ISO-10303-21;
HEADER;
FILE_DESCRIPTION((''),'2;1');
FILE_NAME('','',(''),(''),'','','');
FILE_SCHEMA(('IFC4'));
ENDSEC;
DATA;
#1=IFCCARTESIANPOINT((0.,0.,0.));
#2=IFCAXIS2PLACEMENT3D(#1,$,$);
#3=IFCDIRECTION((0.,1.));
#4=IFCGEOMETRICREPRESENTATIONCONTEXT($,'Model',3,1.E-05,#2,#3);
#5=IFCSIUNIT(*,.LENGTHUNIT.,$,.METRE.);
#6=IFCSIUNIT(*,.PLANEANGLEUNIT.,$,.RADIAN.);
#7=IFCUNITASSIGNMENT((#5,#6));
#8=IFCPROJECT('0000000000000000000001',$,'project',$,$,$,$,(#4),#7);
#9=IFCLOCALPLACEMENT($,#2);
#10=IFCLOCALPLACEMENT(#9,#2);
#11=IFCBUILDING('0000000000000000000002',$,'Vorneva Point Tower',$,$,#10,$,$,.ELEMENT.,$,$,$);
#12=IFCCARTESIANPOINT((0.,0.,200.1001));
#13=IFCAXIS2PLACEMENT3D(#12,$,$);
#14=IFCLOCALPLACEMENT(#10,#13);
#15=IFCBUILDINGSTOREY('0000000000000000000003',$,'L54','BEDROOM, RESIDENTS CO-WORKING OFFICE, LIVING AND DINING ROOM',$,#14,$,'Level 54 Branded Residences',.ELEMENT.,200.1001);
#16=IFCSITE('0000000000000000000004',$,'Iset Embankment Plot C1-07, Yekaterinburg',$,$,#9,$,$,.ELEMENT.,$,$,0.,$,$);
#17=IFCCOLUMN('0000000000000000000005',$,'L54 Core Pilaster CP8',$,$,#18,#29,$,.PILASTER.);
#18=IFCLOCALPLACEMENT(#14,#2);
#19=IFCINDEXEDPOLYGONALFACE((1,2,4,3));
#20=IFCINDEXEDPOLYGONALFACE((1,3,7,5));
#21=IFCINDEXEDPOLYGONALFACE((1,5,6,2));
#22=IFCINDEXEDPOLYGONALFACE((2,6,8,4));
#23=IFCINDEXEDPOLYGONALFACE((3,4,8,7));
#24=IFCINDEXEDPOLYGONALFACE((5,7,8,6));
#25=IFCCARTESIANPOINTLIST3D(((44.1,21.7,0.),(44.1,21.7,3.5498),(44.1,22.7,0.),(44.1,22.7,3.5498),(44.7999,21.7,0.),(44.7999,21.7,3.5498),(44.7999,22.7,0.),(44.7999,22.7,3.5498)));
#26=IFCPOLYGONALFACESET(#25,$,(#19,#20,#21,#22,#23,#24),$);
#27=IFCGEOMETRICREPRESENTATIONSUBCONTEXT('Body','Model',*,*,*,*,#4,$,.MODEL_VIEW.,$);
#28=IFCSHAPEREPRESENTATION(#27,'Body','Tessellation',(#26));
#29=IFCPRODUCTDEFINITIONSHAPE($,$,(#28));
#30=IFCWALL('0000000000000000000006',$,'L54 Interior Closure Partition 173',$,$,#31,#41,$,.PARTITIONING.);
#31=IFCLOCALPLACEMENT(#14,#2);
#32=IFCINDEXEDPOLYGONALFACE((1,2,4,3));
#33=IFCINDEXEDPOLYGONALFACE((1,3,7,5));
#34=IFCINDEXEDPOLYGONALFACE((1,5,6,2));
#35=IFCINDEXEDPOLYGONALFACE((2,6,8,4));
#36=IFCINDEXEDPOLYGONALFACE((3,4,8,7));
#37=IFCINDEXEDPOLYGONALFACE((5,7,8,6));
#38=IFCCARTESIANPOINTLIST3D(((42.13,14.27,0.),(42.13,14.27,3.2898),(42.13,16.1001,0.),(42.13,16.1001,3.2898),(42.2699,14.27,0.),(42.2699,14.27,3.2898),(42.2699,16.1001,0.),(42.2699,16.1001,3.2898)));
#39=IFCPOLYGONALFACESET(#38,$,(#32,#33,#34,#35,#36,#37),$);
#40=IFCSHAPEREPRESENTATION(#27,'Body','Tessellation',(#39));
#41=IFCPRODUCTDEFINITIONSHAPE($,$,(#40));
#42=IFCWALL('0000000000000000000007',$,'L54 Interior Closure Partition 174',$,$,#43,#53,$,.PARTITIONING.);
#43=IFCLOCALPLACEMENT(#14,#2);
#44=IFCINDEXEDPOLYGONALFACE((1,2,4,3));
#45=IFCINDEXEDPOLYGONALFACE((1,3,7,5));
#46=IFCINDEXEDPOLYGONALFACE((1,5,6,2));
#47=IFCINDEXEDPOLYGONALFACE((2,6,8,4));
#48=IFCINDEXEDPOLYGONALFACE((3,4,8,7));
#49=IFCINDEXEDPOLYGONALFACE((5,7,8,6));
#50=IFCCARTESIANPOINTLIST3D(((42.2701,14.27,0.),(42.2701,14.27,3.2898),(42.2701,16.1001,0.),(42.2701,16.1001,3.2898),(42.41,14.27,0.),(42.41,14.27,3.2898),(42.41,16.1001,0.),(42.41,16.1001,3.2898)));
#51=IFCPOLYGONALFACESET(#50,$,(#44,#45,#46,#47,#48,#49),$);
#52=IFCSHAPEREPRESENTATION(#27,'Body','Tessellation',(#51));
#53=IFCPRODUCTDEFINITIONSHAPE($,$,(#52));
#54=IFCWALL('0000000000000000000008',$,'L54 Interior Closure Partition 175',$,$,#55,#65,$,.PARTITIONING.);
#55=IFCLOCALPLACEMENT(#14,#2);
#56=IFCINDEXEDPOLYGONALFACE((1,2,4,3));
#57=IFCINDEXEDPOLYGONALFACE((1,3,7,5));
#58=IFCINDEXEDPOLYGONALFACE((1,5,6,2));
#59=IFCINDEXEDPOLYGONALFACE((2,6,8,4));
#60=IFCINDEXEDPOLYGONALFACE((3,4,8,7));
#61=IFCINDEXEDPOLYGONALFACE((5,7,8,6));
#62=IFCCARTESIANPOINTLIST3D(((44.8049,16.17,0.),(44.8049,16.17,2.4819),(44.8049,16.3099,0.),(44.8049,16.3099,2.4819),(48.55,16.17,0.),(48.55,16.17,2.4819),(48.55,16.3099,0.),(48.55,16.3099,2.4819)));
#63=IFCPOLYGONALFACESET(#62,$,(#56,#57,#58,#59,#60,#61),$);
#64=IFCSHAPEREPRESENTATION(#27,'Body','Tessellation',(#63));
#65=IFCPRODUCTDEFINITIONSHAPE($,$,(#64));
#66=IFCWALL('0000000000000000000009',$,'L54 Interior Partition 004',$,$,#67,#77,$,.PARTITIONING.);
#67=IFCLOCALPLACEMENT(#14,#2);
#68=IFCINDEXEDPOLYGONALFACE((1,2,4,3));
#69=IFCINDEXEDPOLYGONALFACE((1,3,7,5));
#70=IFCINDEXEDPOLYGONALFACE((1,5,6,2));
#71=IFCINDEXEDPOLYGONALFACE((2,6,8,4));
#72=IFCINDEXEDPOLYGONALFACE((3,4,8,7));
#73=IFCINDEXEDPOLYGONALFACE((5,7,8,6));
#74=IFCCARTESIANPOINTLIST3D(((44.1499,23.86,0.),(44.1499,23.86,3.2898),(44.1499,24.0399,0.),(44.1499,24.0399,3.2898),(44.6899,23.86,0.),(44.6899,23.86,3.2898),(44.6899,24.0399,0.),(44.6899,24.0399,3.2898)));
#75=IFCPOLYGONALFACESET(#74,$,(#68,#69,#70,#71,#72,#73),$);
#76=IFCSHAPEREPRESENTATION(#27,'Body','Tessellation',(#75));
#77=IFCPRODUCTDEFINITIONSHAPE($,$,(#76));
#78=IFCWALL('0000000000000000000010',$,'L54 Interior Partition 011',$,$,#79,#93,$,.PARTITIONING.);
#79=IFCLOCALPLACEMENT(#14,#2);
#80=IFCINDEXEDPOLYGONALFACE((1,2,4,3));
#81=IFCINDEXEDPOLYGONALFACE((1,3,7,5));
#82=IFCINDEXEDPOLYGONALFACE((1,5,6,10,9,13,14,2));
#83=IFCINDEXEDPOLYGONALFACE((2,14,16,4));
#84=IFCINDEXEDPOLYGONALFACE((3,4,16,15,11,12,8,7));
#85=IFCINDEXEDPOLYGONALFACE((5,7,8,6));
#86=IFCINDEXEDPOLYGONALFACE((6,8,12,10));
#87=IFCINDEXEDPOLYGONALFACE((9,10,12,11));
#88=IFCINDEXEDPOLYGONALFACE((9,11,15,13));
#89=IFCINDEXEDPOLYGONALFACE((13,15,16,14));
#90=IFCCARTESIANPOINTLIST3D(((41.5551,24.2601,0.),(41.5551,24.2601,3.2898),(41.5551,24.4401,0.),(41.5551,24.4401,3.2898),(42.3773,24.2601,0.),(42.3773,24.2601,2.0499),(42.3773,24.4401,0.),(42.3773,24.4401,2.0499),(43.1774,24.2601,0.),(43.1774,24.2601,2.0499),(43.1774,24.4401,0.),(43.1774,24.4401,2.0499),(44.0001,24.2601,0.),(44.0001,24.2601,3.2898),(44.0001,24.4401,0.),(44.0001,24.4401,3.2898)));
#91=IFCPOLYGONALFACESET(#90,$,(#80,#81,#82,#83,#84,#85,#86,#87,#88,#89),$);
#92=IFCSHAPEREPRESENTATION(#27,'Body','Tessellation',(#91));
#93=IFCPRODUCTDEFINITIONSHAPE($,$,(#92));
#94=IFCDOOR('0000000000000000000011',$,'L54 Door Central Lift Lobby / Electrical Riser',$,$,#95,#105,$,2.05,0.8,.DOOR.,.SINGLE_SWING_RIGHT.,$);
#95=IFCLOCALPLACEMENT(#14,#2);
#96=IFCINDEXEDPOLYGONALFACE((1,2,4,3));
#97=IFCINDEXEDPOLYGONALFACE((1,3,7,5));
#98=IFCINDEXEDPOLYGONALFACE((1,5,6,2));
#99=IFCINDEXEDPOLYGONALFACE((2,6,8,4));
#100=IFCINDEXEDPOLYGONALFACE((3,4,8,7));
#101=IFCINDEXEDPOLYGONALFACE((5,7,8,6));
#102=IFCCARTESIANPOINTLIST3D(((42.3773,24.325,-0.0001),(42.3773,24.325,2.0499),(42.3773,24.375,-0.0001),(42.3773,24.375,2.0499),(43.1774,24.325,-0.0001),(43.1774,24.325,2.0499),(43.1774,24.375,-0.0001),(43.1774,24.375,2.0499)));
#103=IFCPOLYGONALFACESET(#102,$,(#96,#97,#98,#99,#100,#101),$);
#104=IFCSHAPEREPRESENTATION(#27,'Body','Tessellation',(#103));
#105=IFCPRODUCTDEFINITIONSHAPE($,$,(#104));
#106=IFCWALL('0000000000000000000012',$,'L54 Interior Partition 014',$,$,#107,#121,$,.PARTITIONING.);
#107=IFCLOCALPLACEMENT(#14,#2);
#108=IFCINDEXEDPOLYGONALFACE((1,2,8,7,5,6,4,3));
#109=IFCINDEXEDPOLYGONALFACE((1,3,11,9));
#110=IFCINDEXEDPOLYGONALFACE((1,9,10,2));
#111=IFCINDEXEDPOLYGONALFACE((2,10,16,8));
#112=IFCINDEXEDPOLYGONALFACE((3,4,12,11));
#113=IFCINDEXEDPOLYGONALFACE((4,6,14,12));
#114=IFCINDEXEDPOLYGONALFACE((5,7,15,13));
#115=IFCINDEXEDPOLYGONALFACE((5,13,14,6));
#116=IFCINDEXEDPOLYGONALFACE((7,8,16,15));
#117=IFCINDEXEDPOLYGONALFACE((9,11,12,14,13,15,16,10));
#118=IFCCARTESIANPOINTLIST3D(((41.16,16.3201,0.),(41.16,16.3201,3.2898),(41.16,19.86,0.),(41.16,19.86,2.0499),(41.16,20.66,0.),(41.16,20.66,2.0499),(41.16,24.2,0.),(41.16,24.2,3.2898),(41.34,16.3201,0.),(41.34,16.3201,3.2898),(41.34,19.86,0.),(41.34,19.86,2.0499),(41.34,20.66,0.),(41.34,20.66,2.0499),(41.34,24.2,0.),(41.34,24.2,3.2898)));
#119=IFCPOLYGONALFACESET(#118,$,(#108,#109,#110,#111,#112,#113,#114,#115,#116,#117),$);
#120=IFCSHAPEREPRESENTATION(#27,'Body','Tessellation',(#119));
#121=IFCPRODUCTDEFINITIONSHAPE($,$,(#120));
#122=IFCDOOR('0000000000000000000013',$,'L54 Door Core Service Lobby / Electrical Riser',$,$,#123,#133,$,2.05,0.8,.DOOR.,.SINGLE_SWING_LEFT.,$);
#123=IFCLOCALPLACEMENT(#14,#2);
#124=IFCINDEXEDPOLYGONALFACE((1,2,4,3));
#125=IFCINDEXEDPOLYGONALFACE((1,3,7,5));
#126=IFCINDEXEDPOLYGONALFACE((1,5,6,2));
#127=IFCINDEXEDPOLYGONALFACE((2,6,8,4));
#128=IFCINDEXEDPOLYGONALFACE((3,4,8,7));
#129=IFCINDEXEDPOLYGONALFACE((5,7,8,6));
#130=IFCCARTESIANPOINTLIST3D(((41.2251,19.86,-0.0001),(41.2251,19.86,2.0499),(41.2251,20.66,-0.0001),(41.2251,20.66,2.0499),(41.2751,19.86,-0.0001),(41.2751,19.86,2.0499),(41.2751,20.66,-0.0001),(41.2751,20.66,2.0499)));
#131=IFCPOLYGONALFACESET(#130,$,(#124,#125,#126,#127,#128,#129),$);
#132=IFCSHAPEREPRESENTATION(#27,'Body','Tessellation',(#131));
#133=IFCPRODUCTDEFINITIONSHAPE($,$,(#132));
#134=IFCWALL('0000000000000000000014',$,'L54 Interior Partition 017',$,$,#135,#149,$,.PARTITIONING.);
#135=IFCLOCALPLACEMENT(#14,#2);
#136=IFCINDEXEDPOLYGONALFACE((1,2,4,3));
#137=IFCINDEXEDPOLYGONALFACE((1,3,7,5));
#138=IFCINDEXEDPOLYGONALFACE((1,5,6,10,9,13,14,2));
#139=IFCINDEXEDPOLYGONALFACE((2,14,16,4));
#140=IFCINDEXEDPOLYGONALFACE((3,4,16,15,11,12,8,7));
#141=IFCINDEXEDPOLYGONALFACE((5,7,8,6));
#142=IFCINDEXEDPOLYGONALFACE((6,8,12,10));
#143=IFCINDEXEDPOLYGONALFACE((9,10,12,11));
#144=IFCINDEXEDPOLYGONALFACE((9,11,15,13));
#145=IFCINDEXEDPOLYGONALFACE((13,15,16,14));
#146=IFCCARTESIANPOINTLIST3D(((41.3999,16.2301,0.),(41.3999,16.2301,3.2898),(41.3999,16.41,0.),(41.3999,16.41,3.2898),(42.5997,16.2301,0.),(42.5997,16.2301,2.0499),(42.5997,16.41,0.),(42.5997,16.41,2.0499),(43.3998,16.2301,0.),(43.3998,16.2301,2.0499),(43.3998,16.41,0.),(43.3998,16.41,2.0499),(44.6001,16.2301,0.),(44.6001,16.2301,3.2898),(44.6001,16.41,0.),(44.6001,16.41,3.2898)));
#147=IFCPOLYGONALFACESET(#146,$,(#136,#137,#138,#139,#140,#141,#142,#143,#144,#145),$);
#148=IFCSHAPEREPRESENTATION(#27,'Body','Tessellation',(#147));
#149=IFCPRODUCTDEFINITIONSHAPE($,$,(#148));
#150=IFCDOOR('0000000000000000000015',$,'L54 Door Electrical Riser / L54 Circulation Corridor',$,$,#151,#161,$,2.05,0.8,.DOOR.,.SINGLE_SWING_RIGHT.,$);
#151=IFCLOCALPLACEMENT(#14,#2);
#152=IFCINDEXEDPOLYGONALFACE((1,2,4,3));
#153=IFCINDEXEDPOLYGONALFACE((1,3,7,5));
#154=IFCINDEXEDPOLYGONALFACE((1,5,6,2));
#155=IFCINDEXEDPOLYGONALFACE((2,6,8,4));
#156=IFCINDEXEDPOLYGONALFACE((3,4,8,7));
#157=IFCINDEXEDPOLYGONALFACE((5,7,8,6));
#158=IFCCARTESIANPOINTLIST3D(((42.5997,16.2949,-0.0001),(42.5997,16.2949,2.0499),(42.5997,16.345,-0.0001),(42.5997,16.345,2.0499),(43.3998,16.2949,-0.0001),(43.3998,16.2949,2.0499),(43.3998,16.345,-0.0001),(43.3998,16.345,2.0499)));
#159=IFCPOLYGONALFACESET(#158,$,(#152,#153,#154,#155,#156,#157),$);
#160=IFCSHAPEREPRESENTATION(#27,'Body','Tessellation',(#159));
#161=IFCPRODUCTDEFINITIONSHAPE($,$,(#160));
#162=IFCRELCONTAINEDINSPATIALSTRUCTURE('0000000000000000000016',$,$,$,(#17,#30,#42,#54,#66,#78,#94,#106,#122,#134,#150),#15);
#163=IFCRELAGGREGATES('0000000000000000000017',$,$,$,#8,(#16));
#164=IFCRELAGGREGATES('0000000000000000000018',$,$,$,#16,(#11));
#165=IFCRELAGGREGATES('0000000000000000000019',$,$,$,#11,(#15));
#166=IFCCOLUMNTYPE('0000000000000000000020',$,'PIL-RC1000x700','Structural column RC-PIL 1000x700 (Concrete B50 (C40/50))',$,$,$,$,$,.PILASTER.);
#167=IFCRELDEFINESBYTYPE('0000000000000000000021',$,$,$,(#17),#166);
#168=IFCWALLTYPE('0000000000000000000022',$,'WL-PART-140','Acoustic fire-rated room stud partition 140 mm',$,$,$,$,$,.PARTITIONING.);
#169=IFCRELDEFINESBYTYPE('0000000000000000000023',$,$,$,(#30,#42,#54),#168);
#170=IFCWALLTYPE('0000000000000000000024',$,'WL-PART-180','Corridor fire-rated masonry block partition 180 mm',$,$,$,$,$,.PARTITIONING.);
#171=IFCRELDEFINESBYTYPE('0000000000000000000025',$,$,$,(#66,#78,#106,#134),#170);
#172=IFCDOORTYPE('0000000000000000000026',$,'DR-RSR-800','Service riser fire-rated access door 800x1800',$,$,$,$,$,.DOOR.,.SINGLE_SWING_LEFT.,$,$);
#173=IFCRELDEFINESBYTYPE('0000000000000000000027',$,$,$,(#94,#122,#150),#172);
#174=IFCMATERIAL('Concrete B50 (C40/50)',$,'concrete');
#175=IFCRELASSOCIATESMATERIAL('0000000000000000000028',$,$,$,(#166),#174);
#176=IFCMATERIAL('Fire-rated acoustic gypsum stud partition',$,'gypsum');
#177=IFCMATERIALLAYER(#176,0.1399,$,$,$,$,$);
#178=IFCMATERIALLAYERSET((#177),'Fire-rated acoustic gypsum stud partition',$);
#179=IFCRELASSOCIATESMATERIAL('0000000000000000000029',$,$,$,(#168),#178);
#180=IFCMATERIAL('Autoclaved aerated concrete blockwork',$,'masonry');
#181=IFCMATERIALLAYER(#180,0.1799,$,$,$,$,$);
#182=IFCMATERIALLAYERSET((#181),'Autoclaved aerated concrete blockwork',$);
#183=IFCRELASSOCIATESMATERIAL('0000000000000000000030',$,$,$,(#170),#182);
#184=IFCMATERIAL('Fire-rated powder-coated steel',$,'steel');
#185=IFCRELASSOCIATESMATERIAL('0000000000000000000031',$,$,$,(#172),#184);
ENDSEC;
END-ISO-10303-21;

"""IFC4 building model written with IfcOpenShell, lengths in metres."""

from ifc_helpers import new_model, si_unit, direction, frame, frame_2d, origin, origin_2d, place, context, subcontext, project, spatial, rectangle, extrude, material, layer, layer_set, material_profile, profile_set, type_object, element, fill, save


model = new_model("IFC4")

# Units and contexts
model_context = context("Model", 3, precision=1e-05, world=origin(), true_north=direction((0.0, 1.0)))
body_context = subcontext(model_context, "Body", "Model", "MODEL_VIEW")
ifc_project = project(units=[si_unit("LENGTHUNIT", "METRE"), si_unit("PLANEANGLEUNIT", "RADIAN")], contexts=[model_context])

# Site, building, storey
site_placement = place(None, origin())
site = spatial("IfcSite", under=ifc_project, at=site_placement, Name="Iset Embankment Plot C1-07, Yekaterinburg", CompositionType="ELEMENT", RefElevation=0.0)
building_placement = place(site_placement, origin())
building = spatial("IfcBuilding", under=site, at=building_placement, Name="Vorneva Point Tower", CompositionType="ELEMENT")
storey_placement = place(building_placement, frame((0.0, 0.0, 200.1001)))
storey = spatial("IfcBuildingStorey", under=building, at=storey_placement, Name="L54", Description="BEDROOM, RESIDENTS CO-WORKING OFFICE, LIVING AND DINING ROOM", LongName="Level 54 Branded Residences", CompositionType="ELEMENT", Elevation=200.1001)

# Column
ifc_material_1 = material(Name="Concrete B50 (C40/50)", Category="concrete")
ifc_material_profile = material_profile(ifc_material_1, rectangle(XDim=0.7, YDim=1.0, at=origin_2d()), Name="RC-PIL 1000x700")
ifc_profile_set = profile_set([ifc_material_profile], Name="Concrete B50 (C40/50)")
column_type = type_object("IfcColumnType", Name="PIL-RC1000x700", Description="Structural column RC-PIL 1000x700 (Concrete B50 (C40/50))", PredefinedType="PILASTER", material=ifc_profile_set)
column_placement = place(storey_placement, frame((44.45, 22.2, 0.0), z_axis=(0.0, 0.0, 1.0), x_axis=(1.0, 0.0, 0.0)))
element("IfcColumn", 1, at=column_placement, inside=storey, type_object=column_type, Name="L54 Core Pilaster CP8", PredefinedType="PILASTER", context=body_context, shape_type="SweptSolid", body=[
    extrude(rectangle(XDim=0.7, YDim=1.0, at=origin_2d()), origin(), (0.0, 0.0, 1.0), 3.5498),
])

# Walls
ifc_material_2 = material(Name="Fire-rated acoustic gypsum stud partition", Category="gypsum")
ifc_layer_1 = layer(ifc_material_2, 0.1399)
ifc_layer_set_1 = layer_set([ifc_layer_1], Name="Fire-rated acoustic gypsum stud partition")
wall_type_1 = type_object("IfcWallType", Name="WL-PART-140", Description="Acoustic fire-rated room stud partition 140 mm", PredefinedType="PARTITIONING", material=ifc_layer_set_1)
for number, where, z_axis, x_axis, name in (
    (2, (42.2, 16.1001, 0.0), (0.0, 0.0, 1.0), (0.0, -1.0, 0.0), "L54 Interior Closure Partition 173"),
    (3, (42.3401, 14.27, 0.0), (0.0, 0.0, 1.0), (0.0, 1.0, 0.0), "L54 Interior Closure Partition 174"),
):
    element("IfcWall", number, at=place(storey_placement, frame(where, z_axis=z_axis, x_axis=x_axis)), inside=storey, type_object=wall_type_1, Name=name, PredefinedType="PARTITIONING", context=body_context, shape_type="SweptSolid", body=[
        extrude(rectangle(XDim=1.8301, YDim=0.1399, at=frame_2d((0.915, 0.0))), origin(), (0.0, 0.0, 1.0), 3.2898),
    ])
wall_1_placement = place(storey_placement, frame((44.8049, 16.24, 0.0), z_axis=(0.0, 0.0, 1.0), x_axis=(1.0, 0.0, 0.0)))
element("IfcWall", 4, at=wall_1_placement, inside=storey, type_object=wall_type_1, Name="L54 Interior Closure Partition 175", PredefinedType="PARTITIONING", context=body_context, shape_type="SweptSolid", body=[
    extrude(rectangle(XDim=3.7451, YDim=0.1399, at=frame_2d((1.8726, 0.0))), origin(), (0.0, 0.0, 1.0), 2.4819),
])
ifc_material_3 = material(Name="Autoclaved aerated concrete blockwork", Category="masonry")
ifc_layer_2 = layer(ifc_material_3, 0.1799)
ifc_layer_set_2 = layer_set([ifc_layer_2], Name="Autoclaved aerated concrete blockwork")
wall_type_2 = type_object("IfcWallType", Name="WL-PART-180", Description="Corridor fire-rated masonry block partition 180 mm", PredefinedType="PARTITIONING", material=ifc_layer_set_2)
wall_2_placement = place(storey_placement, frame((44.1499, 23.95, 0.0), z_axis=(0.0, 0.0, 1.0), x_axis=(1.0, 0.0, 0.0)))
element("IfcWall", 5, at=wall_2_placement, inside=storey, type_object=wall_type_2, Name="L54 Interior Partition 004", PredefinedType="PARTITIONING", context=body_context, shape_type="SweptSolid", body=[
    extrude(rectangle(XDim=0.54, YDim=0.1799, at=frame_2d((0.27, 0.0))), origin(), (0.0, 0.0, 1.0), 3.2898),
])

# Walls, openings, doors
wall_3_placement = place(storey_placement, frame((41.5549, 24.3501, 0.0), z_axis=(0.0, 0.0, 1.0), x_axis=(1.0, 0.0, 0.0)))
wall_3 = element("IfcWall", 6, at=wall_3_placement, inside=storey, type_object=wall_type_2, Name="L54 Interior Partition 011", PredefinedType="PARTITIONING", context=body_context, shape_type="SweptSolid", body=[
    extrude(rectangle(XDim=2.4451, YDim=0.1799, at=frame_2d((1.2227, 0.0))), origin(), (0.0, 0.0, 1.0), 3.2898),
])
opening_1_placement = place(wall_3_placement, frame((0.8225, 0.0, 0.0)))
opening_1 = element("IfcOpeningElement", 7, at=opening_1_placement, cuts=wall_3, PredefinedType="OPENING", context=body_context, shape_type="SweptSolid", body=[
    extrude(rectangle(XDim=0.8, YDim=2.05, at=frame_2d((0.3999, 1.0249))), frame((0.0, 0.105, 0.0), z_axis=(0.0, -1.0, 0.0), x_axis=(1.0, 0.0, 0.0)), (0.0, 0.0, 1.0), 0.2097),
])
ifc_material_4 = material(Name="Fire-rated powder-coated steel", Category="steel")
door_type_1 = type_object("IfcDoorType", Name="DR-RSR-800", Description="Service riser fire-rated access door 800x1800", OperationType="SINGLE_SWING_LEFT", PredefinedType="DOOR", material=ifc_material_4)
door_1_placement = place(opening_1_placement, origin())
door_1 = element("IfcDoor", 8, at=door_1_placement, inside=storey, type_object=door_type_1, Name="L54 Door Central Lift Lobby / Electrical Riser", OperationType="SINGLE_SWING_RIGHT", OverallHeight=2.05, OverallWidth=0.8, PredefinedType="DOOR", context=body_context, shape_type="SweptSolid", body=[
    extrude(rectangle(XDim=0.8, YDim=2.05, at=frame_2d((0.3999, 1.0249))), frame((0.0, 0.0249, 0.0), z_axis=(0.0, -1.0, 0.0), x_axis=(1.0, 0.0, 0.0)), (0.0, 0.0, 1.0), 0.05),
])
fill(opening_1, door_1)
wall_4_placement = place(storey_placement, frame((41.25, 16.3201, 0.0), z_axis=(0.0, 0.0, 1.0), x_axis=(0.0, 1.0, 0.0)))
wall_4 = element("IfcWall", 9, at=wall_4_placement, inside=storey, type_object=wall_type_2, Name="L54 Interior Partition 014", PredefinedType="PARTITIONING", context=body_context, shape_type="SweptSolid", body=[
    extrude(rectangle(XDim=7.8799, YDim=0.1799, at=frame_2d((3.9399, 0.0))), origin(), (0.0, 0.0, 1.0), 3.2898),
])
opening_2_placement = place(wall_4_placement, frame((3.54, 0.0, 0.0)))
opening_2 = element("IfcOpeningElement", 10, at=opening_2_placement, cuts=wall_4, PredefinedType="OPENING", context=body_context, shape_type="SweptSolid", body=[
    extrude(rectangle(XDim=0.8, YDim=2.05, at=frame_2d((0.3999, 1.0249))), frame((0.0, 0.105, 0.0), z_axis=(0.0, -1.0, 0.0), x_axis=(1.0, 0.0, 0.0)), (0.0, 0.0, 1.0), 0.2097),
])
door_2_placement = place(opening_2_placement, origin())
door_2 = element("IfcDoor", 11, at=door_2_placement, inside=storey, type_object=door_type_1, Name="L54 Door Core Service Lobby / Electrical Riser", OperationType="SINGLE_SWING_LEFT", OverallHeight=2.05, OverallWidth=0.8, PredefinedType="DOOR", context=body_context, shape_type="SweptSolid", body=[
    extrude(rectangle(XDim=0.8, YDim=2.05, at=frame_2d((0.3999, 1.0249))), frame((0.0, 0.0249, 0.0), z_axis=(0.0, -1.0, 0.0), x_axis=(1.0, 0.0, 0.0)), (0.0, 0.0, 1.0), 0.05),
])
fill(opening_2, door_2)
wall_5_placement = place(storey_placement, frame((41.3999, 16.3201, 0.0), z_axis=(0.0, 0.0, 1.0), x_axis=(1.0, 0.0, 0.0)))
wall_5 = element("IfcWall", 12, at=wall_5_placement, inside=storey, type_object=wall_type_2, Name="L54 Interior Partition 017", PredefinedType="PARTITIONING", context=body_context, shape_type="SweptSolid", body=[
    extrude(rectangle(XDim=3.2002, YDim=0.1799, at=frame_2d((1.6001, 0.0))), origin(), (0.0, 0.0, 1.0), 3.2898),
])
opening_3_placement = place(wall_5_placement, frame((1.2, 0.0, 0.0)))
opening_3 = element("IfcOpeningElement", 13, at=opening_3_placement, cuts=wall_5, PredefinedType="OPENING", context=body_context, shape_type="SweptSolid", body=[
    extrude(rectangle(XDim=0.8, YDim=2.05, at=frame_2d((0.3999, 1.0249))), frame((0.0, 0.105, 0.0), z_axis=(0.0, -1.0, 0.0), x_axis=(1.0, 0.0, 0.0)), (0.0, 0.0, 1.0), 0.2097),
])
door_3_placement = place(opening_3_placement, origin())
door_3 = element("IfcDoor", 14, at=door_3_placement, inside=storey, type_object=door_type_1, Name="L54 Door Electrical Riser / L54 Circulation Corridor", OperationType="SINGLE_SWING_RIGHT", OverallHeight=2.05, OverallWidth=0.8, PredefinedType="DOOR", context=body_context, shape_type="SweptSolid", body=[
    extrude(rectangle(XDim=0.8, YDim=2.05, at=frame_2d((0.3999, 1.0249))), frame((0.0, 0.0249, 0.0), z_axis=(0.0, -1.0, 0.0), x_axis=(1.0, 0.0, 0.0)), (0.0, 0.0, 1.0), 0.05),
])
fill(opening_3, door_3)

save(model, "model.ifc")
